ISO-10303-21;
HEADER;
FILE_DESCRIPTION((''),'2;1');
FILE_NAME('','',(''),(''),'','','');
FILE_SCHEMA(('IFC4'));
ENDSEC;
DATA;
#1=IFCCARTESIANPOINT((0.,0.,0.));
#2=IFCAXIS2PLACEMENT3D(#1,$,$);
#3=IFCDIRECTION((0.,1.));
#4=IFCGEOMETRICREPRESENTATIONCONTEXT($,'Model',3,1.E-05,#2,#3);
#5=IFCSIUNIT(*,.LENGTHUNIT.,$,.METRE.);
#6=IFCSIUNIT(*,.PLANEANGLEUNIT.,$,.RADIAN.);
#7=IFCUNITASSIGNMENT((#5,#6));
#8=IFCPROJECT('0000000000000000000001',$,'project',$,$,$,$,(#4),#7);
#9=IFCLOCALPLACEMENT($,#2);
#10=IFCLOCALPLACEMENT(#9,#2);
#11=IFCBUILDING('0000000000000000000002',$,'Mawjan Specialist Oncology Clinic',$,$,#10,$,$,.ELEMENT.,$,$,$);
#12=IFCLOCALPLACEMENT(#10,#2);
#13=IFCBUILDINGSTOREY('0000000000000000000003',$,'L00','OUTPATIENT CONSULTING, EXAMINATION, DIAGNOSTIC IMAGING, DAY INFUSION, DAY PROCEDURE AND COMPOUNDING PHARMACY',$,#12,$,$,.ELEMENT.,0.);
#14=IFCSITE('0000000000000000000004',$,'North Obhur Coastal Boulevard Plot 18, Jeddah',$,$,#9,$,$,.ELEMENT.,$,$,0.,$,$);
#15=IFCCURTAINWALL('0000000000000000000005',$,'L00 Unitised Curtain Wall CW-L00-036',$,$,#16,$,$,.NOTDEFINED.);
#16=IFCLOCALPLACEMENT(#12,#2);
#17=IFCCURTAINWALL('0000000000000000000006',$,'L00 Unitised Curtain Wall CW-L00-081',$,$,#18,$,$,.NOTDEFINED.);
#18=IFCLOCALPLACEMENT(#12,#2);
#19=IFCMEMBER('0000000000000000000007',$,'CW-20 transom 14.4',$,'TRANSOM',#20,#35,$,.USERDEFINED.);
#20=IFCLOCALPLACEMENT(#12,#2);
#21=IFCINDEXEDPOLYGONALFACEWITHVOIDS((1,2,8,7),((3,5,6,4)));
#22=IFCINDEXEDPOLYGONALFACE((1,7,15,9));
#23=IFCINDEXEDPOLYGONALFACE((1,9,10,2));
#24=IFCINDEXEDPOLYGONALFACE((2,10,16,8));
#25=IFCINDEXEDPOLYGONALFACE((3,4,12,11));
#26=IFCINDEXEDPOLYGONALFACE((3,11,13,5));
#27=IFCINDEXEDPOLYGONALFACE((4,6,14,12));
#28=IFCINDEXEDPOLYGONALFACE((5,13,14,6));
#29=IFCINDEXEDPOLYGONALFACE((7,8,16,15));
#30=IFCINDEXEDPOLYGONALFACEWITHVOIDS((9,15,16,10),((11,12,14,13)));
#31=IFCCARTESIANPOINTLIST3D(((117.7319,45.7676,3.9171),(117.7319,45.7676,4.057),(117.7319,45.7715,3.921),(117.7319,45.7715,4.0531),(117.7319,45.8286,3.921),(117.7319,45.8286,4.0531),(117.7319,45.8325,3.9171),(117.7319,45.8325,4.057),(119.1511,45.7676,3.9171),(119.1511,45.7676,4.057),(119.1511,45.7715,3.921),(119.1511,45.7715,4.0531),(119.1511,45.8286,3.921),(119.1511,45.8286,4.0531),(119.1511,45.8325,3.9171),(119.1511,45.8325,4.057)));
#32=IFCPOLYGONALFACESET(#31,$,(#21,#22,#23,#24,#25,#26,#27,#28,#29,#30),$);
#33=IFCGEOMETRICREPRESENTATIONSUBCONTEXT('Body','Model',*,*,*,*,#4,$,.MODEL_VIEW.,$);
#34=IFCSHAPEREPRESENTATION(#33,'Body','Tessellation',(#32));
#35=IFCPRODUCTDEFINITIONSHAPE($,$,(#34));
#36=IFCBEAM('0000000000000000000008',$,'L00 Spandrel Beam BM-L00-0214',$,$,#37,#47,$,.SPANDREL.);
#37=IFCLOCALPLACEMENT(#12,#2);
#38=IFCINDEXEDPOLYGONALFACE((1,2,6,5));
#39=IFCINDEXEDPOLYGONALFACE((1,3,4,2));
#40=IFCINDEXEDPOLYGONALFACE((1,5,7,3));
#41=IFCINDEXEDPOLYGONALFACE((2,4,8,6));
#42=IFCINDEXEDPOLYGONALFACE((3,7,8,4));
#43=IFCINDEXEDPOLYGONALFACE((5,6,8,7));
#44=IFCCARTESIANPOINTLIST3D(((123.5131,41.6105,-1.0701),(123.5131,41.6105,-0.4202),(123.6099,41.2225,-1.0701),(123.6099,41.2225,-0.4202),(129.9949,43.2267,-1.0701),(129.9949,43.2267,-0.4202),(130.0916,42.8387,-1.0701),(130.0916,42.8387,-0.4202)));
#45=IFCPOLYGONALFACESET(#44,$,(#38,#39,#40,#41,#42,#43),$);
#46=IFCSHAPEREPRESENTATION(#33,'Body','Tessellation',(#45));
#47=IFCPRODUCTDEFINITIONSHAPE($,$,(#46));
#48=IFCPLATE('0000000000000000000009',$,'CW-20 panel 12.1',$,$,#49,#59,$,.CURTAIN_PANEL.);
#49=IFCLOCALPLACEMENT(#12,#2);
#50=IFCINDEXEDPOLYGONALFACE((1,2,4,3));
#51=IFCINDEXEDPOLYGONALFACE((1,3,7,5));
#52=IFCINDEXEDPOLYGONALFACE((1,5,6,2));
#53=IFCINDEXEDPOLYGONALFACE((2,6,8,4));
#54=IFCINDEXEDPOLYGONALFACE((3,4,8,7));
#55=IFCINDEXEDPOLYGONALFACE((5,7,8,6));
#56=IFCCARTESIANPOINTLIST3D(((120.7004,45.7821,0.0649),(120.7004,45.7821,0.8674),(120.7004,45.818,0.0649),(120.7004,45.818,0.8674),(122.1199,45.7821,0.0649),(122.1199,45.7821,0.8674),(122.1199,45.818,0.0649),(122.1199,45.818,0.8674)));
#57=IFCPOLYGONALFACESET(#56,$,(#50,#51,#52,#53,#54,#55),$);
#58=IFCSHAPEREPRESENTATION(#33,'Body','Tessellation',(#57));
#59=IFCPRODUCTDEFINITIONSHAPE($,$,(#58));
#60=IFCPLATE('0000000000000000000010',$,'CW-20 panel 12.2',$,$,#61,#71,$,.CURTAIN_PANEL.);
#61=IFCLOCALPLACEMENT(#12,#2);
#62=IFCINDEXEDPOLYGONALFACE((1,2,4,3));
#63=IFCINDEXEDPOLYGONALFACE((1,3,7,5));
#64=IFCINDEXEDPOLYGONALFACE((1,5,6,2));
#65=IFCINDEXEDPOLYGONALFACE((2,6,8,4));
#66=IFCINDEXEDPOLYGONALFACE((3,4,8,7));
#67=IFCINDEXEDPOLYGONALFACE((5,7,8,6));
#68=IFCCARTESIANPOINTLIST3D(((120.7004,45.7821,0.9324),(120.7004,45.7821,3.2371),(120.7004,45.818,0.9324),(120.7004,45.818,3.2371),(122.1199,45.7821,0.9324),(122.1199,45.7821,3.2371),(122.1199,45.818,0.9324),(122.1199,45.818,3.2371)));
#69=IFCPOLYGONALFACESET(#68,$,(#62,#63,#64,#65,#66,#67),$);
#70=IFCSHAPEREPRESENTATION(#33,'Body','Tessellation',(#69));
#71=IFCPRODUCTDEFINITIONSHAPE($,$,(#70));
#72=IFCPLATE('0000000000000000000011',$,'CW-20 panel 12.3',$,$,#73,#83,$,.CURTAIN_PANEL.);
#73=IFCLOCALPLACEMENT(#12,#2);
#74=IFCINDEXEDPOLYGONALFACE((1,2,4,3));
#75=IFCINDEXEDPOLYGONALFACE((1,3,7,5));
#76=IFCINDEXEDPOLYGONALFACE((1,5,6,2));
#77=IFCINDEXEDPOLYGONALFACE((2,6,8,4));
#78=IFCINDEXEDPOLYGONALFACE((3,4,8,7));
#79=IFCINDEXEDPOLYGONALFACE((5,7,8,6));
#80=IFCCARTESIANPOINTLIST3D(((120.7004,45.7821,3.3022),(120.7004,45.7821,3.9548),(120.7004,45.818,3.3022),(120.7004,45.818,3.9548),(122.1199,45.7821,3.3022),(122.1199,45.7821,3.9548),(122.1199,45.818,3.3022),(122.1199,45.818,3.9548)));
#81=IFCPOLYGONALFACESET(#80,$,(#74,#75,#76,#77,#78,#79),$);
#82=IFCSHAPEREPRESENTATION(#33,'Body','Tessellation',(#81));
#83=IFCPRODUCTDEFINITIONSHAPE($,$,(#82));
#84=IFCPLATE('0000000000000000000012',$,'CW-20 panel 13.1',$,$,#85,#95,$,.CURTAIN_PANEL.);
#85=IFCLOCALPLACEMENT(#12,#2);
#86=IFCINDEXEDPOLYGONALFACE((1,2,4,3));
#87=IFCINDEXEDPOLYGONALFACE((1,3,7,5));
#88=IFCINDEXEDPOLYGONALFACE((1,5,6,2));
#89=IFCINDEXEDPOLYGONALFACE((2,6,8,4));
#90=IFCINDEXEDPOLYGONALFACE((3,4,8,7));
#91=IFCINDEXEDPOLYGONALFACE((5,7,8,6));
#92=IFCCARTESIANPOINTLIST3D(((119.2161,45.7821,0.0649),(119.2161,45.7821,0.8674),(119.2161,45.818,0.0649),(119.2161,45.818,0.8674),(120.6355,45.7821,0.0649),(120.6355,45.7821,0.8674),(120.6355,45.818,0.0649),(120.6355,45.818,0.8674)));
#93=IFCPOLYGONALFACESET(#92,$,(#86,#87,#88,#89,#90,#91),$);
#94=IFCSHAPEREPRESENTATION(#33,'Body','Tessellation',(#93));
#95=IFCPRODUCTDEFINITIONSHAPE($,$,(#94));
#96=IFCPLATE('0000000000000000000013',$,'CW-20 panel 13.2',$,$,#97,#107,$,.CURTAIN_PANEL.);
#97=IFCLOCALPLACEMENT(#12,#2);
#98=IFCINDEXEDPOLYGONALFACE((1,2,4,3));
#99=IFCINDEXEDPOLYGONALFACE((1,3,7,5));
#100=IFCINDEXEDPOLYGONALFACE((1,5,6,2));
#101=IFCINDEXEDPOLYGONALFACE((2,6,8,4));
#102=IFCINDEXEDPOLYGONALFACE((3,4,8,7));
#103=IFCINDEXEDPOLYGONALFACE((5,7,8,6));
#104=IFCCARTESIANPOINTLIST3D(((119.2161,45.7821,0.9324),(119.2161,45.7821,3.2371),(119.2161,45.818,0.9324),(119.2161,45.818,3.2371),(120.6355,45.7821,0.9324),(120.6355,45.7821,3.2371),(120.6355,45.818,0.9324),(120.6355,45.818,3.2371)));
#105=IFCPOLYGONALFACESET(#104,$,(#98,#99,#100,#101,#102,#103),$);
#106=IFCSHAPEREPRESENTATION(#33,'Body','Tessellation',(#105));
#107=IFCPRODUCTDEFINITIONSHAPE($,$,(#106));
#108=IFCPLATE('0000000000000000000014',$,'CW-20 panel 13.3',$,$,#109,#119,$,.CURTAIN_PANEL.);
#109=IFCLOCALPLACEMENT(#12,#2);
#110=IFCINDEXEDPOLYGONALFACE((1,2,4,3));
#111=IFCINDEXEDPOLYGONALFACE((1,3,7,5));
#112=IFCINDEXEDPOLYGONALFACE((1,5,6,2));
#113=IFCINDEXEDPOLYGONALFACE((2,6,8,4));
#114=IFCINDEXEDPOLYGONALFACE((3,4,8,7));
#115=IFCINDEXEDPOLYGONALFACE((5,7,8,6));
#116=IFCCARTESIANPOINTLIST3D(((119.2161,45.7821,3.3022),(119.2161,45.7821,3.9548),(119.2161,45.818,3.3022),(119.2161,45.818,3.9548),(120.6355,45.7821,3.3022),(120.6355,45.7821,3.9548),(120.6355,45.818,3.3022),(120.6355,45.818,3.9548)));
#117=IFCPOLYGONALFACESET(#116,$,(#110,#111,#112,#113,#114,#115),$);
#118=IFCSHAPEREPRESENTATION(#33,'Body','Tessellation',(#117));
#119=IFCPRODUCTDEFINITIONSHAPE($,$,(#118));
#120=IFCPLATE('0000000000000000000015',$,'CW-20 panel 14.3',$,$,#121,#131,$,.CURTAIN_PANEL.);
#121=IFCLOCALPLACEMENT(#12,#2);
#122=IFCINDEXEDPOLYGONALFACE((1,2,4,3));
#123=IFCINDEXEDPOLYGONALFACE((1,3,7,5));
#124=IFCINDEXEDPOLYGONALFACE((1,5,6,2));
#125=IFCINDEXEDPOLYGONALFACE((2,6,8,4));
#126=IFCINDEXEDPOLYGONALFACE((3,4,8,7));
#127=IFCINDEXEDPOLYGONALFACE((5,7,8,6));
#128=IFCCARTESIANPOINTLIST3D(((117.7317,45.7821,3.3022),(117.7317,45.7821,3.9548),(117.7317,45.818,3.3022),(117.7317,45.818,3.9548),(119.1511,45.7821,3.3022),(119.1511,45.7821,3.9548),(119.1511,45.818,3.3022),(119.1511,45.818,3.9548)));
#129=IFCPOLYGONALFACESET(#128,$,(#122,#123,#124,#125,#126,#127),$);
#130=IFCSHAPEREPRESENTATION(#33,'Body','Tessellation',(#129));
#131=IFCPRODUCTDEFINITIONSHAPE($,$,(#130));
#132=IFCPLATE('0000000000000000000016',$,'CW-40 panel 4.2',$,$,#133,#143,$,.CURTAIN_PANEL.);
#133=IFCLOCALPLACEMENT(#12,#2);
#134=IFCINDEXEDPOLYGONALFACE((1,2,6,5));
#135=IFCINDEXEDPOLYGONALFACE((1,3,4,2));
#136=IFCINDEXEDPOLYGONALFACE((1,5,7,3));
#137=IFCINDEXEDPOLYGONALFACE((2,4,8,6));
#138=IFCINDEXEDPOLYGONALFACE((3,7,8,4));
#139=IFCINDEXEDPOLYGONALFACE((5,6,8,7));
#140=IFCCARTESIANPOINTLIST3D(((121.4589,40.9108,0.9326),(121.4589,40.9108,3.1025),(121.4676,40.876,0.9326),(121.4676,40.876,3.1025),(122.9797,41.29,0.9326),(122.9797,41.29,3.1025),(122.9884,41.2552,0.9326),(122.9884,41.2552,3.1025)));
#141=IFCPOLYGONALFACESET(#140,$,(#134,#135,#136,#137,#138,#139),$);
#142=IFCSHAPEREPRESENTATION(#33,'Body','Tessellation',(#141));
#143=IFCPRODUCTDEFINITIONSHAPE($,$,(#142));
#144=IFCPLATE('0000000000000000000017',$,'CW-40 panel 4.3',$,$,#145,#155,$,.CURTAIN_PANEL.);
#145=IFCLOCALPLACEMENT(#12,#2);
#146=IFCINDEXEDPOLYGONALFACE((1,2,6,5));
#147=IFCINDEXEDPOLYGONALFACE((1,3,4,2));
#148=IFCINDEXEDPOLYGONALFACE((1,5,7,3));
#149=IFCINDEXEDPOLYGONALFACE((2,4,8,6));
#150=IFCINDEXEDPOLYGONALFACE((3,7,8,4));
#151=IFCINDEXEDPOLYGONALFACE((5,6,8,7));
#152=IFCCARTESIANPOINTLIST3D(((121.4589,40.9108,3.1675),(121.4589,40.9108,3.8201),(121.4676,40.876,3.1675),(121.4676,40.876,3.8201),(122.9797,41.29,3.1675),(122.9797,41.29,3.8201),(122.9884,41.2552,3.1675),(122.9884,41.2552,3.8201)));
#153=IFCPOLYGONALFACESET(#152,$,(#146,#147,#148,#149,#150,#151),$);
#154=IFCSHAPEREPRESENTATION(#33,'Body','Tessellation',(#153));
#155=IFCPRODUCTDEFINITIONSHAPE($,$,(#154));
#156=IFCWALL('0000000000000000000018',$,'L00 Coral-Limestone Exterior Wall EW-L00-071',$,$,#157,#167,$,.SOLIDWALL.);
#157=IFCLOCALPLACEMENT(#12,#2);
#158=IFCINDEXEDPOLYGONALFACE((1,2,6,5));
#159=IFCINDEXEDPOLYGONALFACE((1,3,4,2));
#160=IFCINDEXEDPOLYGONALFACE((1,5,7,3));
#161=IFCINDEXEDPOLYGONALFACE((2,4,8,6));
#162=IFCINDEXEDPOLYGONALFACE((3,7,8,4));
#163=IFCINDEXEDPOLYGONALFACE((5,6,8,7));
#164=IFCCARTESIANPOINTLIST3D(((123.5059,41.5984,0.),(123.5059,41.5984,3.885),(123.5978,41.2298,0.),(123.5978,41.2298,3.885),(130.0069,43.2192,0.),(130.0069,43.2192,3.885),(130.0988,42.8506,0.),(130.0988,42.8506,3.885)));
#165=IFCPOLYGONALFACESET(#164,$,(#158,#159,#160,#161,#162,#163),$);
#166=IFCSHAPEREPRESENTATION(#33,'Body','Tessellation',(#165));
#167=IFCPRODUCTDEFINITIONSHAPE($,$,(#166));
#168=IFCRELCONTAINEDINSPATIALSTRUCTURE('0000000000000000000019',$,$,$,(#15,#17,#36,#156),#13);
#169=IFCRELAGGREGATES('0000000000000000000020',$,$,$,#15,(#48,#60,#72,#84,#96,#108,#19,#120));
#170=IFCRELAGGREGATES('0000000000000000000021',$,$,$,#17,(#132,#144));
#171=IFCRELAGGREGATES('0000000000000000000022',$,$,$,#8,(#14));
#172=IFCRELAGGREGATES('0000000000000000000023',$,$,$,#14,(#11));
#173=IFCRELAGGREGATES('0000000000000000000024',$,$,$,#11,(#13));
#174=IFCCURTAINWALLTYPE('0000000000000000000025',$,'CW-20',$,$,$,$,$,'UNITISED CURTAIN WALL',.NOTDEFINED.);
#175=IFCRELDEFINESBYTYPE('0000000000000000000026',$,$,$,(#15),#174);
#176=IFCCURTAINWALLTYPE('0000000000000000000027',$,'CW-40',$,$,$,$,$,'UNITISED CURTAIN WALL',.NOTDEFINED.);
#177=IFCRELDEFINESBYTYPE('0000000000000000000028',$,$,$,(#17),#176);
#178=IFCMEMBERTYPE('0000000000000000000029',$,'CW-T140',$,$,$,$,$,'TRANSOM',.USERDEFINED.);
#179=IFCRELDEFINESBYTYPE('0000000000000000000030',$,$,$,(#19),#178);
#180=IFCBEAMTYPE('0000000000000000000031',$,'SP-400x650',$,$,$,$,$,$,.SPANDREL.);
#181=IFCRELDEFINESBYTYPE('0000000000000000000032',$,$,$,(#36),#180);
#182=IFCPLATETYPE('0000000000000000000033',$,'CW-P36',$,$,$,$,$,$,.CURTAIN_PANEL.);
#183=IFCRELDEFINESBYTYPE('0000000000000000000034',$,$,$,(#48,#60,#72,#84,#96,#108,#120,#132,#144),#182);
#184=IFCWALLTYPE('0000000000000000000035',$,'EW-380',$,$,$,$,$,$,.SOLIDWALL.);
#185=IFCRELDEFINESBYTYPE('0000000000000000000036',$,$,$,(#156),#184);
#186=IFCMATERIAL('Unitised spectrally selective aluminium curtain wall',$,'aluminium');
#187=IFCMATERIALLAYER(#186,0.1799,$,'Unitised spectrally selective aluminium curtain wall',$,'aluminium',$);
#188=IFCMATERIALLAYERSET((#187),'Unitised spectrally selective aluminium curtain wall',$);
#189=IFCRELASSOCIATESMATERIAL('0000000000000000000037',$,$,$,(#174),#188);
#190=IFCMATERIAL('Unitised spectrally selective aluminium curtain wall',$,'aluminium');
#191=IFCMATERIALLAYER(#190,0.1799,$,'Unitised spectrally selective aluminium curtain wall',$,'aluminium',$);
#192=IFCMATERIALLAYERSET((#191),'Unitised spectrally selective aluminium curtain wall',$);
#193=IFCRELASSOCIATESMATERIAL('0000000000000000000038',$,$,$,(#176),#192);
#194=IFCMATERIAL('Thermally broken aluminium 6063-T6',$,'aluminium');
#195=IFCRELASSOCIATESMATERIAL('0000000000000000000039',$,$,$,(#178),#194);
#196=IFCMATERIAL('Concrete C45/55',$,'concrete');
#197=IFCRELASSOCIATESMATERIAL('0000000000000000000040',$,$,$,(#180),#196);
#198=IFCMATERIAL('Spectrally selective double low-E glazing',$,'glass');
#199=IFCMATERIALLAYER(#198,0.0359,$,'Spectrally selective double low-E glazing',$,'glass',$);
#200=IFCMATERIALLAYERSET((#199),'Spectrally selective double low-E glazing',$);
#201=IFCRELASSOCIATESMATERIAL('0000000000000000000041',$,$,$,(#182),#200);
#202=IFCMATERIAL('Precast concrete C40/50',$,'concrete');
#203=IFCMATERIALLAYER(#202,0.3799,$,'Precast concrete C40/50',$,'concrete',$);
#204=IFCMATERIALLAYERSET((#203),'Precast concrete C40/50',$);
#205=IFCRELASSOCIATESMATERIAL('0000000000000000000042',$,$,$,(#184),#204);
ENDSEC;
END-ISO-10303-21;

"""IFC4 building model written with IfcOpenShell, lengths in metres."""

from ifc_helpers import new_model, si_unit, direction, frame, frame_2d, origin, origin_2d, place, context, subcontext, project, spatial, rectangle, hollow_rectangle, extrude, material, layer, layer_set, material_profile, profile_set, type_object, element, aggregate, save


model = new_model("IFC4")

# Units and contexts
model_context = context("Model", 3, precision=1e-05, world=origin(), true_north=direction((0.0, 1.0)))
body_context = subcontext(model_context, "Body", "Model", "MODEL_VIEW")
ifc_project = project(units=[si_unit("LENGTHUNIT", "METRE"), si_unit("PLANEANGLEUNIT", "RADIAN")], contexts=[model_context])

# Site, building, storey
site_placement = place(None, origin())
site = spatial("IfcSite", under=ifc_project, at=site_placement, Name="North Obhur Coastal Boulevard Plot 18, Jeddah", CompositionType="ELEMENT", RefElevation=0.0)
building_placement = place(site_placement, origin())
building = spatial("IfcBuilding", under=site, at=building_placement, Name="Mawjan Specialist Oncology Clinic", CompositionType="ELEMENT")
storey_placement = place(building_placement, origin())
storey = spatial("IfcBuildingStorey", under=building, at=storey_placement, Name="L00", Description="OUTPATIENT CONSULTING, EXAMINATION, DIAGNOSTIC IMAGING, DAY INFUSION, DAY PROCEDURE AND COMPOUNDING PHARMACY", CompositionType="ELEMENT", Elevation=0.0)

# Curtain wall
ifc_material_1 = material(Name="Unitised spectrally selective aluminium curtain wall", Category="aluminium")
ifc_layer_1 = layer(ifc_material_1, 0.1799, Name="Unitised spectrally selective aluminium curtain wall", Category="aluminium")
ifc_layer_set_1 = layer_set([ifc_layer_1], Name="Unitised spectrally selective aluminium curtain wall")
curtain_wall_type_1 = type_object("IfcCurtainWallType", Name="CW-20", ElementType="UNITISED CURTAIN WALL", PredefinedType="NOTDEFINED", material=ifc_layer_set_1)
curtain_wall_1_placement = place(storey_placement, origin())
curtain_wall_1 = element("IfcCurtainWall", 1, at=curtain_wall_1_placement, inside=storey, type_object=curtain_wall_type_1, Name="L00 Unitised Curtain Wall CW-L00-036", PredefinedType="NOTDEFINED")

# Curtain wall
ifc_material_2 = material(Name="Unitised spectrally selective aluminium curtain wall", Category="aluminium")
ifc_layer_2 = layer(ifc_material_2, 0.1799, Name="Unitised spectrally selective aluminium curtain wall", Category="aluminium")
ifc_layer_set_2 = layer_set([ifc_layer_2], Name="Unitised spectrally selective aluminium curtain wall")
curtain_wall_type_2 = type_object("IfcCurtainWallType", Name="CW-40", ElementType="UNITISED CURTAIN WALL", PredefinedType="NOTDEFINED", material=ifc_layer_set_2)
curtain_wall_2_placement = place(storey_placement, origin())
curtain_wall_2 = element("IfcCurtainWall", 2, at=curtain_wall_2_placement, inside=storey, type_object=curtain_wall_type_2, Name="L00 Unitised Curtain Wall CW-L00-081", PredefinedType="NOTDEFINED")

# Member
ifc_material_3 = material(Name="Thermally broken aluminium 6063-T6", Category="aluminium")
ifc_material_profile_1 = material_profile(ifc_material_3, hollow_rectangle(XDim=0.0649, YDim=0.1399, WallThickness=0.0039, at=origin_2d()), Name="ALU TRANSOM 140x65x4", Category="aluminium")
ifc_profile_set_1 = profile_set([ifc_material_profile_1], Name="Thermally broken aluminium 6063-T6")
member_type_1 = type_object("IfcMemberType", Name="CW-T140", ElementType="TRANSOM", PredefinedType="USERDEFINED", material=ifc_profile_set_1)
member_1_placement = place(storey_placement, frame((119.1511, 45.8, 3.9871), z_axis=(-1.0, 0.0, 0.0), x_axis=(0.0, -1.0, 0.0)))
member_1 = element("IfcMember", 3, at=member_1_placement, type_object=member_type_1, Name="CW-20 transom 14.4", ObjectType="TRANSOM", PredefinedType="USERDEFINED", context=body_context, shape_type="SweptSolid", body=[
    extrude(hollow_rectangle(XDim=0.0649, YDim=0.1399, WallThickness=0.0039, at=origin_2d()), origin(), (0.0, 0.0, 1.0), 1.4192),
])

# Beam
ifc_material_4 = material(Name="Concrete C45/55", Category="concrete")
ifc_material_profile_2 = material_profile(ifc_material_4, rectangle(XDim=0.3999, YDim=0.6499, at=origin_2d()), Name="RC BM 400x650", Category="concrete")
ifc_profile_set_2 = profile_set([ifc_material_profile_2], Name="Concrete C45/55")
beam_type = type_object("IfcBeamType", Name="SP-400x650", PredefinedType="SPANDREL", material=ifc_profile_set_2)
beam_placement = place(storey_placement, frame((123.5615, 41.4165, -0.7451), z_axis=(0.970291, 0.241942, 0.0), x_axis=(-0.241942, 0.970291, 0.0)))
element("IfcBeam", 4, at=beam_placement, inside=storey, type_object=beam_type, Name="L00 Spandrel Beam BM-L00-0214", PredefinedType="SPANDREL", context=body_context, shape_type="SweptSolid", body=[
    extrude(rectangle(XDim=0.3999, YDim=0.6499, at=origin_2d()), origin(), (0.0, 0.0, 1.0), 6.6802),
])

# Plates
ifc_material_5 = material(Name="Spectrally selective double low-E glazing", Category="glass")
ifc_layer_3 = layer(ifc_material_5, 0.0359, Name="Spectrally selective double low-E glazing", Category="glass")
ifc_layer_set_3 = layer_set([ifc_layer_3], Name="Spectrally selective double low-E glazing")
plate_type = type_object("IfcPlateType", Name="CW-P36", PredefinedType="CURTAIN_PANEL", material=ifc_layer_set_3)
plate_1_placement = place(storey_placement, frame((121.4102, 45.8, 0.0649), z_axis=(0.0, 0.0, 1.0), x_axis=(-1.0, 0.0, 0.0)))
plate_1 = element("IfcPlate", 5, at=plate_1_placement, type_object=plate_type, Name="CW-20 panel 12.1", PredefinedType="CURTAIN_PANEL", context=body_context, shape_type="SweptSolid", body=[
    extrude(rectangle(XDim=1.4194, YDim=0.0359, at=origin_2d()), origin(), (0.0, 0.0, 1.0), 0.8025),
])
plate_2_placement = place(storey_placement, frame((121.4102, 45.8, 0.9324), z_axis=(0.0, 0.0, 1.0), x_axis=(-1.0, 0.0, 0.0)))
plate_2 = element("IfcPlate", 6, at=plate_2_placement, type_object=plate_type, Name="CW-20 panel 12.2", PredefinedType="CURTAIN_PANEL", context=body_context, shape_type="SweptSolid", body=[
    extrude(rectangle(XDim=1.4194, YDim=0.0359, at=origin_2d()), origin(), (0.0, 0.0, 1.0), 2.3047),
])
plate_3_placement = place(storey_placement, frame((121.4102, 45.8, 3.3022), z_axis=(0.0, 0.0, 1.0), x_axis=(-1.0, 0.0, 0.0)))
plate_3 = element("IfcPlate", 7, at=plate_3_placement, type_object=plate_type, Name="CW-20 panel 12.3", PredefinedType="CURTAIN_PANEL", context=body_context, shape_type="SweptSolid", body=[
    extrude(rectangle(XDim=1.4194, YDim=0.0359, at=origin_2d()), origin(), (0.0, 0.0, 1.0), 0.6526),
])
plate_4_placement = place(storey_placement, frame((119.9258, 45.8, 0.0649), z_axis=(0.0, 0.0, 1.0), x_axis=(-1.0, 0.0, 0.0)))
plate_4 = element("IfcPlate", 8, at=plate_4_placement, type_object=plate_type, Name="CW-20 panel 13.1", PredefinedType="CURTAIN_PANEL", context=body_context, shape_type="SweptSolid", body=[
    extrude(rectangle(XDim=1.4194, YDim=0.0359, at=origin_2d()), origin(), (0.0, 0.0, 1.0), 0.8025),
])
plate_5_placement = place(storey_placement, frame((119.9258, 45.8, 0.9324), z_axis=(0.0, 0.0, 1.0), x_axis=(-1.0, 0.0, 0.0)))
plate_5 = element("IfcPlate", 9, at=plate_5_placement, type_object=plate_type, Name="CW-20 panel 13.2", PredefinedType="CURTAIN_PANEL", context=body_context, shape_type="SweptSolid", body=[
    extrude(rectangle(XDim=1.4194, YDim=0.0359, at=origin_2d()), origin(), (0.0, 0.0, 1.0), 2.3047),
])
plate_6_placement = place(storey_placement, frame((119.9258, 45.8, 3.3022), z_axis=(0.0, 0.0, 1.0), x_axis=(-1.0, 0.0, 0.0)))
plate_6 = element("IfcPlate", 10, at=plate_6_placement, type_object=plate_type, Name="CW-20 panel 13.3", PredefinedType="CURTAIN_PANEL", context=body_context, shape_type="SweptSolid", body=[
    extrude(rectangle(XDim=1.4194, YDim=0.0359, at=origin_2d()), origin(), (0.0, 0.0, 1.0), 0.6526),
])
plate_7_placement = place(storey_placement, frame((118.4414, 45.8, 3.3022), z_axis=(0.0, 0.0, 1.0), x_axis=(-1.0, 0.0, 0.0)))
plate_7 = element("IfcPlate", 11, at=plate_7_placement, type_object=plate_type, Name="CW-20 panel 14.3", PredefinedType="CURTAIN_PANEL", context=body_context, shape_type="SweptSolid", body=[
    extrude(rectangle(XDim=1.4194, YDim=0.0359, at=origin_2d()), origin(), (0.0, 0.0, 1.0), 0.6526),
])
aggregate(curtain_wall_1, [plate_1, plate_2, plate_3, plate_4, plate_5, plate_6, member_1, plate_7])
plate_8_placement = place(storey_placement, frame((122.2236, 41.083, 0.9326), z_axis=(0.0, 0.0, 1.0), x_axis=(0.970296, 0.241922, 0.0)))
plate_8 = element("IfcPlate", 12, at=plate_8_placement, type_object=plate_type, Name="CW-40 panel 4.2", PredefinedType="CURTAIN_PANEL", context=body_context, shape_type="SweptSolid", body=[
    extrude(rectangle(XDim=1.5674, YDim=0.0359, at=origin_2d()), origin(), (0.0, 0.0, 1.0), 2.1699),
])
plate_9_placement = place(storey_placement, frame((122.2236, 41.083, 3.1675), z_axis=(0.0, 0.0, 1.0), x_axis=(0.970296, 0.241922, 0.0)))
plate_9 = element("IfcPlate", 13, at=plate_9_placement, type_object=plate_type, Name="CW-40 panel 4.3", PredefinedType="CURTAIN_PANEL", context=body_context, shape_type="SweptSolid", body=[
    extrude(rectangle(XDim=1.5674, YDim=0.0359, at=origin_2d()), origin(), (0.0, 0.0, 1.0), 0.6526),
])
aggregate(curtain_wall_2, [plate_8, plate_9])

# Wall
ifc_material_6 = material(Name="Precast concrete C40/50", Category="concrete")
ifc_layer_4 = layer(ifc_material_6, 0.3799, Name="Precast concrete C40/50", Category="concrete")
ifc_layer_set_4 = layer_set([ifc_layer_4], Name="Precast concrete C40/50")
wall_type = type_object("IfcWallType", Name="EW-380", PredefinedType="SOLIDWALL", material=ifc_layer_set_4)
wall_placement = place(storey_placement, frame((123.5518, 41.4141, 0.0), z_axis=(0.0, 0.0, 1.0), x_axis=(0.970297, 0.241918, 0.0)))
element("IfcWall", 14, at=wall_placement, inside=storey, type_object=wall_type, Name="L00 Coral-Limestone Exterior Wall EW-L00-071", PredefinedType="SOLIDWALL", context=body_context, shape_type="SweptSolid", body=[
    extrude(rectangle(XDim=6.7, YDim=0.3799, at=frame_2d((3.3501, 0.0))), origin(), (0.0, 0.0, 1.0), 3.885),
])

save(model, "model.ifc")
